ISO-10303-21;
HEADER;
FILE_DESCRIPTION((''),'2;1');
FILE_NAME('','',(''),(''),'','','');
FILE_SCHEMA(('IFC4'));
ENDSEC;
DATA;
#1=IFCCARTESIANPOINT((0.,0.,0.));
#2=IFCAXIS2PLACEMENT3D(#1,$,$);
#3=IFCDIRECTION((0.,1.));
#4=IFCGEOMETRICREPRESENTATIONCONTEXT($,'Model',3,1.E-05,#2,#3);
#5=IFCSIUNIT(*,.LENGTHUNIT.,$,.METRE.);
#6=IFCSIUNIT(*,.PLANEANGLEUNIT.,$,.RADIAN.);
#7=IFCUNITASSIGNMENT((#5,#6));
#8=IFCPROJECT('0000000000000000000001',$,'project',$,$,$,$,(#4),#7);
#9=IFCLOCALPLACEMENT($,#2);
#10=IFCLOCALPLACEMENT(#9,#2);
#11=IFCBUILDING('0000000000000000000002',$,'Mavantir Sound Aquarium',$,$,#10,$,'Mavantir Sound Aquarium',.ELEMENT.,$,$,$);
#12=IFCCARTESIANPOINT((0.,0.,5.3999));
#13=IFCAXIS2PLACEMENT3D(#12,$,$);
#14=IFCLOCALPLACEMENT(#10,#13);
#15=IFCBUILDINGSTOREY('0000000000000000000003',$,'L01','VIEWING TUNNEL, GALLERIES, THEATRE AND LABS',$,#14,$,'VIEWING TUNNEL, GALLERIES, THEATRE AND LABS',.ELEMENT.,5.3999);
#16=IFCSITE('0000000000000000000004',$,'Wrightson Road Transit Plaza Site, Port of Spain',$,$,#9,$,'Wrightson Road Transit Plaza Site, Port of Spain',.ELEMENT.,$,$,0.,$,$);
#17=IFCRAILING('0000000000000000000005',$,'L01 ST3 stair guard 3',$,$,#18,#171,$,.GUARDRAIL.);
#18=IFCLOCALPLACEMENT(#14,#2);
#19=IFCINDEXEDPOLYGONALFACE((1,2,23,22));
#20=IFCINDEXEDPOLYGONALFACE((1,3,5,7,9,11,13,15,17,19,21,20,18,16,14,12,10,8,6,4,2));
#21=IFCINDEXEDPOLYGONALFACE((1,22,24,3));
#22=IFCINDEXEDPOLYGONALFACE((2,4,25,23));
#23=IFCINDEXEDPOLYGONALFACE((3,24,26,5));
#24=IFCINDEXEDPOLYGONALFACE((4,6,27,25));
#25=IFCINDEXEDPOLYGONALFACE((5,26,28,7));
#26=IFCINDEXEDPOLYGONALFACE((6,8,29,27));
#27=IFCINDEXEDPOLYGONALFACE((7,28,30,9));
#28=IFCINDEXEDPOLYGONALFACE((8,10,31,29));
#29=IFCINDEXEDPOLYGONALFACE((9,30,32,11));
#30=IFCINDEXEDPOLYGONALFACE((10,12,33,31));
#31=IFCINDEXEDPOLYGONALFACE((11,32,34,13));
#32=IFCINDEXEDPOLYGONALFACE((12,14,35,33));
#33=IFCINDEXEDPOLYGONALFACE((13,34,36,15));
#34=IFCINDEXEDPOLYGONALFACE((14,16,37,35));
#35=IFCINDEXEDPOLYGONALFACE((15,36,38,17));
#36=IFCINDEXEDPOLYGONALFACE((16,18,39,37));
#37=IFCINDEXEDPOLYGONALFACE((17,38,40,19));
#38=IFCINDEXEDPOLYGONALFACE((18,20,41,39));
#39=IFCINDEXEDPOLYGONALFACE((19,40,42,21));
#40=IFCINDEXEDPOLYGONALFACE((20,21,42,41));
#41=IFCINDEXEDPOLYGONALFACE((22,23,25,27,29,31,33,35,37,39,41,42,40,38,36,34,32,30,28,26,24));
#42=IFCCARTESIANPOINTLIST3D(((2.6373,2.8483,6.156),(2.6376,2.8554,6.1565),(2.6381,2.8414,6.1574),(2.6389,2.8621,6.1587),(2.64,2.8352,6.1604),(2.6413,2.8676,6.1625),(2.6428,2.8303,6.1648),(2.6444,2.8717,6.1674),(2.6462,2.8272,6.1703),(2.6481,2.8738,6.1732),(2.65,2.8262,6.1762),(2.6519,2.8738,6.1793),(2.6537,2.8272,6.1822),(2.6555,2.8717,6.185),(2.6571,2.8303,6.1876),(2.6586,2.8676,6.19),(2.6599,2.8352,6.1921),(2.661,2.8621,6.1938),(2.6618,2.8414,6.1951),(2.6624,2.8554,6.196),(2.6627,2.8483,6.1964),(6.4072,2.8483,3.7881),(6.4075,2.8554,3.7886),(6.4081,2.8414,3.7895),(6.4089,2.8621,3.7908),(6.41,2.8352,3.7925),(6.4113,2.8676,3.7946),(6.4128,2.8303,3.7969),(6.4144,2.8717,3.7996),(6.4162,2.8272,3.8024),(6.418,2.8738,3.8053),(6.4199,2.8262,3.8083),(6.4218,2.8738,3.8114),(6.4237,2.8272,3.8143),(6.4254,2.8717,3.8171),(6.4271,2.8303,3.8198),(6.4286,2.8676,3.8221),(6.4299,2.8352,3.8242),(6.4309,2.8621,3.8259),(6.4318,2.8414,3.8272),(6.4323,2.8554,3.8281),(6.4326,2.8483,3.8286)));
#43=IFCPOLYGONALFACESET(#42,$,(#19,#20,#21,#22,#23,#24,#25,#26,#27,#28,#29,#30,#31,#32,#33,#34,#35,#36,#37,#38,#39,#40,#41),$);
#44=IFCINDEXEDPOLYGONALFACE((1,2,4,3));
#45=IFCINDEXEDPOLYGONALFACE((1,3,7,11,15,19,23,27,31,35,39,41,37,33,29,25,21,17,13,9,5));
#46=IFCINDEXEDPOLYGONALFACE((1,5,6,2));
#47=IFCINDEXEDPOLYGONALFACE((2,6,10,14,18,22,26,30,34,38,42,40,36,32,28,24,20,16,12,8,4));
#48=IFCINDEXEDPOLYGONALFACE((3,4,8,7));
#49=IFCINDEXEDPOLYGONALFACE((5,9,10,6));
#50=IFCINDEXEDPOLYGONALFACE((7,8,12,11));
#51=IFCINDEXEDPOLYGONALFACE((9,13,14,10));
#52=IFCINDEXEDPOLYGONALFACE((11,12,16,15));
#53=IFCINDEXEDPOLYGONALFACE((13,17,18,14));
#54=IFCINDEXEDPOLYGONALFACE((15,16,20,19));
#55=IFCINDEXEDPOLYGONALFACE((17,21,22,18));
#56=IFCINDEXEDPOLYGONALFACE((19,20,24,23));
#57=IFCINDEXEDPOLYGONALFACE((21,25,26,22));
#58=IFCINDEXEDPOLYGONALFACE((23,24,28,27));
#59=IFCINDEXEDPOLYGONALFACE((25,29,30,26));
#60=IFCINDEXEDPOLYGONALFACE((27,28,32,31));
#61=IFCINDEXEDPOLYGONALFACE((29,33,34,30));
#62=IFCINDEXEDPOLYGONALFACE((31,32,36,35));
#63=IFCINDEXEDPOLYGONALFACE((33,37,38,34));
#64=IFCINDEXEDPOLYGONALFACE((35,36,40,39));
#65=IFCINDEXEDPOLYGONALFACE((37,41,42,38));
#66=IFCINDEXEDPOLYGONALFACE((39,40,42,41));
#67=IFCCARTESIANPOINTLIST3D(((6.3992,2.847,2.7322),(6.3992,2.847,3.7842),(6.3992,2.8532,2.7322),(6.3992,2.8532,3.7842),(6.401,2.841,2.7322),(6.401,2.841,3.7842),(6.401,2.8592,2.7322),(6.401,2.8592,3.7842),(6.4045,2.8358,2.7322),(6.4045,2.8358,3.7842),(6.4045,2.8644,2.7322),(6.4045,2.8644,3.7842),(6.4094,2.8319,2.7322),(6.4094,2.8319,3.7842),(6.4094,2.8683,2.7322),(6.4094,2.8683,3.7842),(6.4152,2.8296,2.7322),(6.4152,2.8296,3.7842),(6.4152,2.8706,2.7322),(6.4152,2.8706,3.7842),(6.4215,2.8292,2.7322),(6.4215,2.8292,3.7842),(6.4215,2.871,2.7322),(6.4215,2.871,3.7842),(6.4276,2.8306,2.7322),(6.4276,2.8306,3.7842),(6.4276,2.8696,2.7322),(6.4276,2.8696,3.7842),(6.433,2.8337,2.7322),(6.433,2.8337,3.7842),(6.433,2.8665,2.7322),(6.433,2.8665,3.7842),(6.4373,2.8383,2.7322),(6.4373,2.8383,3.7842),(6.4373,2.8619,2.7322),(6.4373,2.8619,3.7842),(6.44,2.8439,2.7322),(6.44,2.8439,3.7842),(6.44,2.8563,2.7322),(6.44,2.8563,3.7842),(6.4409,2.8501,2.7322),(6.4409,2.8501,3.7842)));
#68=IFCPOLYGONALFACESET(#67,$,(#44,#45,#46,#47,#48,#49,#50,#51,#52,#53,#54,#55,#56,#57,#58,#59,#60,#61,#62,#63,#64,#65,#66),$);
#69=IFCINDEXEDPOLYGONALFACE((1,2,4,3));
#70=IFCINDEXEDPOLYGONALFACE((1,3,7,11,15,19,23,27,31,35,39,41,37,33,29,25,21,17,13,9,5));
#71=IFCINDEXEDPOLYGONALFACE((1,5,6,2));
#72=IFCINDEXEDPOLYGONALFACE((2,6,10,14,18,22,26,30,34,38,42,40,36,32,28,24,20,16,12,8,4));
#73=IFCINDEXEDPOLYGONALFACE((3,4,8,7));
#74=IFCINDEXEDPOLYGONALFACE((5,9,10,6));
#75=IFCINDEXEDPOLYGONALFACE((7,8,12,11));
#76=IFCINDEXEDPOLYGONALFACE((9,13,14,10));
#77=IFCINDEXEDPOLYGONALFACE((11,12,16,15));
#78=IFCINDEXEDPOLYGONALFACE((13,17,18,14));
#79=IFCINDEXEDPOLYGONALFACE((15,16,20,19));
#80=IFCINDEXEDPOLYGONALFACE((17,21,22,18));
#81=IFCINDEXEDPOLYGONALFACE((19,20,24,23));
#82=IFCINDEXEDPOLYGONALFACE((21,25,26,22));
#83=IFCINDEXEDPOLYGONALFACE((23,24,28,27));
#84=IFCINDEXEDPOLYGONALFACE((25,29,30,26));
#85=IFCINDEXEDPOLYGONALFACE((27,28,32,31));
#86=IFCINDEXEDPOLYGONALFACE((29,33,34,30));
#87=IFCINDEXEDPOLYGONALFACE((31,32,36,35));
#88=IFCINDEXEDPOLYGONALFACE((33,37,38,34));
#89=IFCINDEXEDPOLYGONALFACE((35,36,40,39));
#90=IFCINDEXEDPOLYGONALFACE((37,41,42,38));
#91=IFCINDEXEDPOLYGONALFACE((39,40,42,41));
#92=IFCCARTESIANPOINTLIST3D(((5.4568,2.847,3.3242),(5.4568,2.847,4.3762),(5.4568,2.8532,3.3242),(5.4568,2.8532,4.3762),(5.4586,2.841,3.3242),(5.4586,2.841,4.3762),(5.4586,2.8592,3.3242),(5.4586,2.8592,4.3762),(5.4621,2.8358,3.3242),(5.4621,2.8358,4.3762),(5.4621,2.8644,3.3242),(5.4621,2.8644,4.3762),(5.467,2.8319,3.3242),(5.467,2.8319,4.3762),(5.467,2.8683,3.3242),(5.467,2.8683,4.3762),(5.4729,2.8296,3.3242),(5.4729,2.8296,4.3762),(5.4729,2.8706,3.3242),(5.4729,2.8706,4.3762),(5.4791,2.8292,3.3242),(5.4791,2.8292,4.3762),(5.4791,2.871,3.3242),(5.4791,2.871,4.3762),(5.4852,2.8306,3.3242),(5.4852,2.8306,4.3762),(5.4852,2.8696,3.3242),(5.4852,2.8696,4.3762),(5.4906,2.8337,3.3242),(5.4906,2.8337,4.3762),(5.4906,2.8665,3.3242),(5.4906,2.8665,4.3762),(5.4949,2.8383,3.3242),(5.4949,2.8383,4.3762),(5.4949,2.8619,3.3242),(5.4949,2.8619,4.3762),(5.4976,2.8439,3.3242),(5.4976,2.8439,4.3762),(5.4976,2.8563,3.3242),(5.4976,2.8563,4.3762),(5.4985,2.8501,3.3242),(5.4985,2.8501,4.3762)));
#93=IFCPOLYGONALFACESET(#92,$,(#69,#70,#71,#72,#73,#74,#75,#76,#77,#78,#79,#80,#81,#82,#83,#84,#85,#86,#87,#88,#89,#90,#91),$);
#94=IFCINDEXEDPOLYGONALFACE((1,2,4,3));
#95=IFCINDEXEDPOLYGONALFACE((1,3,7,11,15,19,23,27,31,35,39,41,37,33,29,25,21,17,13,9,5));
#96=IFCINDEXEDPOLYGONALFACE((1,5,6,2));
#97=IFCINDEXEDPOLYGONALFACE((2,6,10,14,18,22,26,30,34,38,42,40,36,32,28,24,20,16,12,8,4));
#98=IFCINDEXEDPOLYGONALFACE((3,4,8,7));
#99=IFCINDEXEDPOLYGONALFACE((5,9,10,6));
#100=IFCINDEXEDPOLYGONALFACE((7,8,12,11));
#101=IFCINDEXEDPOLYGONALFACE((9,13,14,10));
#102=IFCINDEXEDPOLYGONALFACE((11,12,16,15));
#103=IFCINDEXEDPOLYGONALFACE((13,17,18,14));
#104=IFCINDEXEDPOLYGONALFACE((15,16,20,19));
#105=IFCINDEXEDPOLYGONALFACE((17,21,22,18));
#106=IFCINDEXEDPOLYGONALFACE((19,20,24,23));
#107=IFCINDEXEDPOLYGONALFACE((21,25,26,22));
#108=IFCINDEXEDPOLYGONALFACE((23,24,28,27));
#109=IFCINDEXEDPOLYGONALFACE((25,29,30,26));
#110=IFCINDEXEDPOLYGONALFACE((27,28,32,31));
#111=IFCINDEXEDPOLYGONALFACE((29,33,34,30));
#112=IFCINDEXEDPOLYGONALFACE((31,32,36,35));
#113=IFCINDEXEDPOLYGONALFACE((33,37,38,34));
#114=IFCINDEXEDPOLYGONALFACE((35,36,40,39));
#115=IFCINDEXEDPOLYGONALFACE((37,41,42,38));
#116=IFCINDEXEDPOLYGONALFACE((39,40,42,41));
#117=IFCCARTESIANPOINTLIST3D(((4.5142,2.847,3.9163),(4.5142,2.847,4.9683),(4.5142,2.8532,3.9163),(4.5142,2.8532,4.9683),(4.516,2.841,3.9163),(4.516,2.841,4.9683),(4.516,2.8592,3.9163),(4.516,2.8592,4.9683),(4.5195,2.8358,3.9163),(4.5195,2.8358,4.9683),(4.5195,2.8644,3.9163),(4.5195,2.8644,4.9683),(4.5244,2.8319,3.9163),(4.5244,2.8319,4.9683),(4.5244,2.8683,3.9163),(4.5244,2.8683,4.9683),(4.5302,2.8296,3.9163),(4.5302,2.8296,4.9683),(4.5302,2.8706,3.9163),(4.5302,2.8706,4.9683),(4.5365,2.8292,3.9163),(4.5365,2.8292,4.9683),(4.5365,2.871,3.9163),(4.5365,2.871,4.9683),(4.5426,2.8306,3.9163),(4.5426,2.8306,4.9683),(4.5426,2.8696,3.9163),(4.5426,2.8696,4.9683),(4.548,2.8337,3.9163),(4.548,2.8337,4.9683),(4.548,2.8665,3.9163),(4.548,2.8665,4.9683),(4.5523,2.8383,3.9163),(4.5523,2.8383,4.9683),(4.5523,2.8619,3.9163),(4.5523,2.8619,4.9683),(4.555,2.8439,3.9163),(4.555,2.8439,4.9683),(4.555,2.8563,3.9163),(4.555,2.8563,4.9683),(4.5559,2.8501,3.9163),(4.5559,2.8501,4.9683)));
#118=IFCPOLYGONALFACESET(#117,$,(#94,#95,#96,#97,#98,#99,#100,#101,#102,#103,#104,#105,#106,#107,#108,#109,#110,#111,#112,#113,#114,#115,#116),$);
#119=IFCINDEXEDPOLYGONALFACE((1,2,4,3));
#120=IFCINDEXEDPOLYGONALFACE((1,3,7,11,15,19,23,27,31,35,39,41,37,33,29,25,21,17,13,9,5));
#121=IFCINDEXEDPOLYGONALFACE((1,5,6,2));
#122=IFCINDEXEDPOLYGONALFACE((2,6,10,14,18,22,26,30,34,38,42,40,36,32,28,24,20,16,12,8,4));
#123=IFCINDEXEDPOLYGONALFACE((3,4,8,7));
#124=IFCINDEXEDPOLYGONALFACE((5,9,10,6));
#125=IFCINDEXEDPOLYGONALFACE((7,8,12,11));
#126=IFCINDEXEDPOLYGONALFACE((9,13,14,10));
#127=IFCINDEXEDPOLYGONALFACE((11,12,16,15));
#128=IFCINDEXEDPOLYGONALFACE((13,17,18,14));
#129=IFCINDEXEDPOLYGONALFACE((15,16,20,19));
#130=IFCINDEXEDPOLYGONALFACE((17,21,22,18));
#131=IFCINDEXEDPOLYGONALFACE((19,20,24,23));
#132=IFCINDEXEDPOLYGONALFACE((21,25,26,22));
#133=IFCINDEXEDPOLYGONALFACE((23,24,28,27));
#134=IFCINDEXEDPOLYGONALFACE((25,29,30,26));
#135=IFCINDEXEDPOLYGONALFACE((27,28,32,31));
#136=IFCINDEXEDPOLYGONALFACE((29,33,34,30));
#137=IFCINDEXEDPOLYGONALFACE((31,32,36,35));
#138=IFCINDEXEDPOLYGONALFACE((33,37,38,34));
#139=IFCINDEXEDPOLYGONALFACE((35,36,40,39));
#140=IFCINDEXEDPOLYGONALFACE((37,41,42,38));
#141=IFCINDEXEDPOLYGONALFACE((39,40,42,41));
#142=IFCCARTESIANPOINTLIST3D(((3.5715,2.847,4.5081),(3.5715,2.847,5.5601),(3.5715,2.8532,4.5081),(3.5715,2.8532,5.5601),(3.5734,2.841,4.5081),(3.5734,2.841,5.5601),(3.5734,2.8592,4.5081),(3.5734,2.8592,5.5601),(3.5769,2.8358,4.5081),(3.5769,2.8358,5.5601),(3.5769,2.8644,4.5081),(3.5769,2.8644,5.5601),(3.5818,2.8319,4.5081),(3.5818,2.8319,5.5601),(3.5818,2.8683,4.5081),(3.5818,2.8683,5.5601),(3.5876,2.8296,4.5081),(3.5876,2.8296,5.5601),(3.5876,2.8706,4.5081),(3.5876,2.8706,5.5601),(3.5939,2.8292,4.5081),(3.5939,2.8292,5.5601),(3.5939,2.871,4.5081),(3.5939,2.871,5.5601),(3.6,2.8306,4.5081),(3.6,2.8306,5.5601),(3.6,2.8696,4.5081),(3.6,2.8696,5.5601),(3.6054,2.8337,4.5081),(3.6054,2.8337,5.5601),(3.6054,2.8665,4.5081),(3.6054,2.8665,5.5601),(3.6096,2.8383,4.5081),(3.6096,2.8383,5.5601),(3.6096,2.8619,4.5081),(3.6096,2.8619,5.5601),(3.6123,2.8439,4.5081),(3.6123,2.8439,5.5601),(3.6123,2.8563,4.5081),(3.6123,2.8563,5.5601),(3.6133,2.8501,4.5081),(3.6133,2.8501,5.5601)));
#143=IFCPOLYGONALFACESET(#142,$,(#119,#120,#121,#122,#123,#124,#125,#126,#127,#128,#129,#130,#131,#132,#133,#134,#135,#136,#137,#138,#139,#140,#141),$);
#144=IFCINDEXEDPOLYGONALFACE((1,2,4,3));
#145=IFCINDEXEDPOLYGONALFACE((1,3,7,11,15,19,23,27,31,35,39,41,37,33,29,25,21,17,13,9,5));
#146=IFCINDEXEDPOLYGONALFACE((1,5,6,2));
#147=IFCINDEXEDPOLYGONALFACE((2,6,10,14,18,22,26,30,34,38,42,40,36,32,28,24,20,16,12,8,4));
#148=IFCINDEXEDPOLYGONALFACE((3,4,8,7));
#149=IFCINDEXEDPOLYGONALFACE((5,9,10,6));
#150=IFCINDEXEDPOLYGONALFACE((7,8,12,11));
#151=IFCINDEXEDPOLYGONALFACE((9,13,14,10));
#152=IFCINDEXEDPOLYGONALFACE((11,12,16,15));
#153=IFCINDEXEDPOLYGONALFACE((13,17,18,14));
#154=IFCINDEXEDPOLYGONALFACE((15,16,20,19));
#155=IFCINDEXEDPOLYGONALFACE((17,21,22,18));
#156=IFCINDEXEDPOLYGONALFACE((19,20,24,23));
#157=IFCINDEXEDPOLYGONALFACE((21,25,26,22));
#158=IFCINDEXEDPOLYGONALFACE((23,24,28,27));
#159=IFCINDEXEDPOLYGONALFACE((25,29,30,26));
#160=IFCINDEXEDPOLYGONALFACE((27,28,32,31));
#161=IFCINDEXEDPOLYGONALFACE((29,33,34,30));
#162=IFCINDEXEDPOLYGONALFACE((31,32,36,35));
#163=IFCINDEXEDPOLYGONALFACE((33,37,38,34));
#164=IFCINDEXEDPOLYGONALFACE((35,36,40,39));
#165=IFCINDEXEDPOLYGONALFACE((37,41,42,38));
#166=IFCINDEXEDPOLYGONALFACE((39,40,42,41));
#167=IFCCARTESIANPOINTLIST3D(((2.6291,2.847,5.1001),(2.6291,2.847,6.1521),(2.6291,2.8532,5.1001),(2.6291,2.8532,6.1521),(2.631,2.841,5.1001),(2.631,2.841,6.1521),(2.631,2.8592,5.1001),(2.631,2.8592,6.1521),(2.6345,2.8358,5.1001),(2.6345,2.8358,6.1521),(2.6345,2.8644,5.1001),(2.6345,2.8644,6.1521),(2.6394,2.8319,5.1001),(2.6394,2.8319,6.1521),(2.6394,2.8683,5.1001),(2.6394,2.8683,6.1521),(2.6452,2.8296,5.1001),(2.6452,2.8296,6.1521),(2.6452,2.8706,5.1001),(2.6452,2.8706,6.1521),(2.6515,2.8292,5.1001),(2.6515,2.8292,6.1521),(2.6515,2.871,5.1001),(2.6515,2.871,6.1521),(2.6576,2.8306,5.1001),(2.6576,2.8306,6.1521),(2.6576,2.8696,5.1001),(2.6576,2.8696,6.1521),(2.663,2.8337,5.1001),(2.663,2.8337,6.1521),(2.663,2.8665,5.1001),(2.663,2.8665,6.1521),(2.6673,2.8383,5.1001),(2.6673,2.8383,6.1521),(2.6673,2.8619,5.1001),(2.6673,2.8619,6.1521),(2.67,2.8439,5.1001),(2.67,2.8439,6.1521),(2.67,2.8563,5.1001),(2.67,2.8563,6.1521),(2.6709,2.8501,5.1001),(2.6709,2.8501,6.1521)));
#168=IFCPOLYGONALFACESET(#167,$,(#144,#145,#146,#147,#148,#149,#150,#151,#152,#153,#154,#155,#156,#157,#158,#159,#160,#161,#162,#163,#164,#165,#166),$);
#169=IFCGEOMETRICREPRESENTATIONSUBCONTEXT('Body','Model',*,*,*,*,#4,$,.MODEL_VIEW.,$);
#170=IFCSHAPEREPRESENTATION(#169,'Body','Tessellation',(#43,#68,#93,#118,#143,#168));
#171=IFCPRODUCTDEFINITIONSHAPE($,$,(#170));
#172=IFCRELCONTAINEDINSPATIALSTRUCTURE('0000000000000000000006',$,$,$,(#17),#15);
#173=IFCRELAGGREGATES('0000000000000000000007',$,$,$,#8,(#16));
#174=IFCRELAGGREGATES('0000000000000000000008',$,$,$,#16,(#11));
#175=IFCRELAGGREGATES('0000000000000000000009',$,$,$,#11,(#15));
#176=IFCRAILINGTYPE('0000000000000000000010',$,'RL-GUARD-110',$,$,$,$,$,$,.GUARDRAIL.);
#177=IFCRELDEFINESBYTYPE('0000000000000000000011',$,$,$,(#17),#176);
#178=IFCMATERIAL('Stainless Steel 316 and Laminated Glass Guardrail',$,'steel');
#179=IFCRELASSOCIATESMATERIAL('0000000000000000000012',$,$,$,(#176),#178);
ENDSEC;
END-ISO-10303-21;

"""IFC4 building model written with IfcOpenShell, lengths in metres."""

from ifc_helpers import new_model, si_unit, direction, frame, origin, origin_2d, place, context, subcontext, project, spatial, circle, extrude, material, type_object, element, save


model = new_model("IFC4")

# Units and contexts
model_context = context("Model", 3, precision=1e-05, world=origin(), true_north=direction((0.0, 1.0)))
body_context = subcontext(model_context, "Body", "Model", "MODEL_VIEW")
ifc_project = project(units=[si_unit("LENGTHUNIT", "METRE"), si_unit("PLANEANGLEUNIT", "RADIAN")], contexts=[model_context])

# Site, building, storey
site_placement = place(None, origin())
site = spatial("IfcSite", under=ifc_project, at=site_placement, Name="Wrightson Road Transit Plaza Site, Port of Spain", LongName="Wrightson Road Transit Plaza Site, Port of Spain", CompositionType="ELEMENT", RefElevation=0.0)
building_placement = place(site_placement, origin())
building = spatial("IfcBuilding", under=site, at=building_placement, Name="Mavantir Sound Aquarium", LongName="Mavantir Sound Aquarium", CompositionType="ELEMENT")
storey_placement = place(building_placement, frame((0.0, 0.0, 5.3999)))
storey = spatial("IfcBuildingStorey", under=building, at=storey_placement, Name="L01", Description="VIEWING TUNNEL, GALLERIES, THEATRE AND LABS", LongName="VIEWING TUNNEL, GALLERIES, THEATRE AND LABS", CompositionType="ELEMENT", Elevation=5.3999)

# Railing
ifc_material_1 = material(Name="Stainless Steel 316 and Laminated Glass Guardrail", Category="steel")
railing_type_1 = type_object("IfcRailingType", Name="RL-GUARD-110", PredefinedType="GUARDRAIL", material=ifc_material_1)
railing_1_placement = place(storey_placement, frame((6.4199, 2.8501, 2.7322)))
element("IfcRailing", 1, at=railing_1_placement, inside=storey, type_object=railing_type_1, Name="L01 ST3 stair guard 3", PredefinedType="GUARDRAIL", context=body_context, shape_type="SweptSolid", body=[
    extrude(circle(Radius=0.0239, at=origin_2d()), frame((0.0, 0.0, 1.0762), z_axis=(-0.846819, 0.0, 0.531881), x_axis=(0.0, -1.0, 0.0)), (0.0, 0.0, 1.0), 4.4519),
    extrude(circle(Radius=0.021, at=origin_2d()), origin(), (0.0, 0.0, 1.0), 1.052),
    extrude(circle(Radius=0.021, at=origin_2d()), frame((-0.9424, 0.0, 0.592)), (0.0, 0.0, 1.0), 1.052),
    extrude(circle(Radius=0.021, at=origin_2d()), frame((-1.885, 0.0, 1.1841)), (0.0, 0.0, 1.0), 1.052),
    extrude(circle(Radius=0.021, at=origin_2d()), frame((-2.8276, 0.0, 1.7759)), (0.0, 0.0, 1.0), 1.052),
    extrude(circle(Radius=0.021, at=origin_2d()), frame((-3.77, 0.0, 2.3679)), (0.0, 0.0, 1.0), 1.052),
])

save(model, "model.ifc")
